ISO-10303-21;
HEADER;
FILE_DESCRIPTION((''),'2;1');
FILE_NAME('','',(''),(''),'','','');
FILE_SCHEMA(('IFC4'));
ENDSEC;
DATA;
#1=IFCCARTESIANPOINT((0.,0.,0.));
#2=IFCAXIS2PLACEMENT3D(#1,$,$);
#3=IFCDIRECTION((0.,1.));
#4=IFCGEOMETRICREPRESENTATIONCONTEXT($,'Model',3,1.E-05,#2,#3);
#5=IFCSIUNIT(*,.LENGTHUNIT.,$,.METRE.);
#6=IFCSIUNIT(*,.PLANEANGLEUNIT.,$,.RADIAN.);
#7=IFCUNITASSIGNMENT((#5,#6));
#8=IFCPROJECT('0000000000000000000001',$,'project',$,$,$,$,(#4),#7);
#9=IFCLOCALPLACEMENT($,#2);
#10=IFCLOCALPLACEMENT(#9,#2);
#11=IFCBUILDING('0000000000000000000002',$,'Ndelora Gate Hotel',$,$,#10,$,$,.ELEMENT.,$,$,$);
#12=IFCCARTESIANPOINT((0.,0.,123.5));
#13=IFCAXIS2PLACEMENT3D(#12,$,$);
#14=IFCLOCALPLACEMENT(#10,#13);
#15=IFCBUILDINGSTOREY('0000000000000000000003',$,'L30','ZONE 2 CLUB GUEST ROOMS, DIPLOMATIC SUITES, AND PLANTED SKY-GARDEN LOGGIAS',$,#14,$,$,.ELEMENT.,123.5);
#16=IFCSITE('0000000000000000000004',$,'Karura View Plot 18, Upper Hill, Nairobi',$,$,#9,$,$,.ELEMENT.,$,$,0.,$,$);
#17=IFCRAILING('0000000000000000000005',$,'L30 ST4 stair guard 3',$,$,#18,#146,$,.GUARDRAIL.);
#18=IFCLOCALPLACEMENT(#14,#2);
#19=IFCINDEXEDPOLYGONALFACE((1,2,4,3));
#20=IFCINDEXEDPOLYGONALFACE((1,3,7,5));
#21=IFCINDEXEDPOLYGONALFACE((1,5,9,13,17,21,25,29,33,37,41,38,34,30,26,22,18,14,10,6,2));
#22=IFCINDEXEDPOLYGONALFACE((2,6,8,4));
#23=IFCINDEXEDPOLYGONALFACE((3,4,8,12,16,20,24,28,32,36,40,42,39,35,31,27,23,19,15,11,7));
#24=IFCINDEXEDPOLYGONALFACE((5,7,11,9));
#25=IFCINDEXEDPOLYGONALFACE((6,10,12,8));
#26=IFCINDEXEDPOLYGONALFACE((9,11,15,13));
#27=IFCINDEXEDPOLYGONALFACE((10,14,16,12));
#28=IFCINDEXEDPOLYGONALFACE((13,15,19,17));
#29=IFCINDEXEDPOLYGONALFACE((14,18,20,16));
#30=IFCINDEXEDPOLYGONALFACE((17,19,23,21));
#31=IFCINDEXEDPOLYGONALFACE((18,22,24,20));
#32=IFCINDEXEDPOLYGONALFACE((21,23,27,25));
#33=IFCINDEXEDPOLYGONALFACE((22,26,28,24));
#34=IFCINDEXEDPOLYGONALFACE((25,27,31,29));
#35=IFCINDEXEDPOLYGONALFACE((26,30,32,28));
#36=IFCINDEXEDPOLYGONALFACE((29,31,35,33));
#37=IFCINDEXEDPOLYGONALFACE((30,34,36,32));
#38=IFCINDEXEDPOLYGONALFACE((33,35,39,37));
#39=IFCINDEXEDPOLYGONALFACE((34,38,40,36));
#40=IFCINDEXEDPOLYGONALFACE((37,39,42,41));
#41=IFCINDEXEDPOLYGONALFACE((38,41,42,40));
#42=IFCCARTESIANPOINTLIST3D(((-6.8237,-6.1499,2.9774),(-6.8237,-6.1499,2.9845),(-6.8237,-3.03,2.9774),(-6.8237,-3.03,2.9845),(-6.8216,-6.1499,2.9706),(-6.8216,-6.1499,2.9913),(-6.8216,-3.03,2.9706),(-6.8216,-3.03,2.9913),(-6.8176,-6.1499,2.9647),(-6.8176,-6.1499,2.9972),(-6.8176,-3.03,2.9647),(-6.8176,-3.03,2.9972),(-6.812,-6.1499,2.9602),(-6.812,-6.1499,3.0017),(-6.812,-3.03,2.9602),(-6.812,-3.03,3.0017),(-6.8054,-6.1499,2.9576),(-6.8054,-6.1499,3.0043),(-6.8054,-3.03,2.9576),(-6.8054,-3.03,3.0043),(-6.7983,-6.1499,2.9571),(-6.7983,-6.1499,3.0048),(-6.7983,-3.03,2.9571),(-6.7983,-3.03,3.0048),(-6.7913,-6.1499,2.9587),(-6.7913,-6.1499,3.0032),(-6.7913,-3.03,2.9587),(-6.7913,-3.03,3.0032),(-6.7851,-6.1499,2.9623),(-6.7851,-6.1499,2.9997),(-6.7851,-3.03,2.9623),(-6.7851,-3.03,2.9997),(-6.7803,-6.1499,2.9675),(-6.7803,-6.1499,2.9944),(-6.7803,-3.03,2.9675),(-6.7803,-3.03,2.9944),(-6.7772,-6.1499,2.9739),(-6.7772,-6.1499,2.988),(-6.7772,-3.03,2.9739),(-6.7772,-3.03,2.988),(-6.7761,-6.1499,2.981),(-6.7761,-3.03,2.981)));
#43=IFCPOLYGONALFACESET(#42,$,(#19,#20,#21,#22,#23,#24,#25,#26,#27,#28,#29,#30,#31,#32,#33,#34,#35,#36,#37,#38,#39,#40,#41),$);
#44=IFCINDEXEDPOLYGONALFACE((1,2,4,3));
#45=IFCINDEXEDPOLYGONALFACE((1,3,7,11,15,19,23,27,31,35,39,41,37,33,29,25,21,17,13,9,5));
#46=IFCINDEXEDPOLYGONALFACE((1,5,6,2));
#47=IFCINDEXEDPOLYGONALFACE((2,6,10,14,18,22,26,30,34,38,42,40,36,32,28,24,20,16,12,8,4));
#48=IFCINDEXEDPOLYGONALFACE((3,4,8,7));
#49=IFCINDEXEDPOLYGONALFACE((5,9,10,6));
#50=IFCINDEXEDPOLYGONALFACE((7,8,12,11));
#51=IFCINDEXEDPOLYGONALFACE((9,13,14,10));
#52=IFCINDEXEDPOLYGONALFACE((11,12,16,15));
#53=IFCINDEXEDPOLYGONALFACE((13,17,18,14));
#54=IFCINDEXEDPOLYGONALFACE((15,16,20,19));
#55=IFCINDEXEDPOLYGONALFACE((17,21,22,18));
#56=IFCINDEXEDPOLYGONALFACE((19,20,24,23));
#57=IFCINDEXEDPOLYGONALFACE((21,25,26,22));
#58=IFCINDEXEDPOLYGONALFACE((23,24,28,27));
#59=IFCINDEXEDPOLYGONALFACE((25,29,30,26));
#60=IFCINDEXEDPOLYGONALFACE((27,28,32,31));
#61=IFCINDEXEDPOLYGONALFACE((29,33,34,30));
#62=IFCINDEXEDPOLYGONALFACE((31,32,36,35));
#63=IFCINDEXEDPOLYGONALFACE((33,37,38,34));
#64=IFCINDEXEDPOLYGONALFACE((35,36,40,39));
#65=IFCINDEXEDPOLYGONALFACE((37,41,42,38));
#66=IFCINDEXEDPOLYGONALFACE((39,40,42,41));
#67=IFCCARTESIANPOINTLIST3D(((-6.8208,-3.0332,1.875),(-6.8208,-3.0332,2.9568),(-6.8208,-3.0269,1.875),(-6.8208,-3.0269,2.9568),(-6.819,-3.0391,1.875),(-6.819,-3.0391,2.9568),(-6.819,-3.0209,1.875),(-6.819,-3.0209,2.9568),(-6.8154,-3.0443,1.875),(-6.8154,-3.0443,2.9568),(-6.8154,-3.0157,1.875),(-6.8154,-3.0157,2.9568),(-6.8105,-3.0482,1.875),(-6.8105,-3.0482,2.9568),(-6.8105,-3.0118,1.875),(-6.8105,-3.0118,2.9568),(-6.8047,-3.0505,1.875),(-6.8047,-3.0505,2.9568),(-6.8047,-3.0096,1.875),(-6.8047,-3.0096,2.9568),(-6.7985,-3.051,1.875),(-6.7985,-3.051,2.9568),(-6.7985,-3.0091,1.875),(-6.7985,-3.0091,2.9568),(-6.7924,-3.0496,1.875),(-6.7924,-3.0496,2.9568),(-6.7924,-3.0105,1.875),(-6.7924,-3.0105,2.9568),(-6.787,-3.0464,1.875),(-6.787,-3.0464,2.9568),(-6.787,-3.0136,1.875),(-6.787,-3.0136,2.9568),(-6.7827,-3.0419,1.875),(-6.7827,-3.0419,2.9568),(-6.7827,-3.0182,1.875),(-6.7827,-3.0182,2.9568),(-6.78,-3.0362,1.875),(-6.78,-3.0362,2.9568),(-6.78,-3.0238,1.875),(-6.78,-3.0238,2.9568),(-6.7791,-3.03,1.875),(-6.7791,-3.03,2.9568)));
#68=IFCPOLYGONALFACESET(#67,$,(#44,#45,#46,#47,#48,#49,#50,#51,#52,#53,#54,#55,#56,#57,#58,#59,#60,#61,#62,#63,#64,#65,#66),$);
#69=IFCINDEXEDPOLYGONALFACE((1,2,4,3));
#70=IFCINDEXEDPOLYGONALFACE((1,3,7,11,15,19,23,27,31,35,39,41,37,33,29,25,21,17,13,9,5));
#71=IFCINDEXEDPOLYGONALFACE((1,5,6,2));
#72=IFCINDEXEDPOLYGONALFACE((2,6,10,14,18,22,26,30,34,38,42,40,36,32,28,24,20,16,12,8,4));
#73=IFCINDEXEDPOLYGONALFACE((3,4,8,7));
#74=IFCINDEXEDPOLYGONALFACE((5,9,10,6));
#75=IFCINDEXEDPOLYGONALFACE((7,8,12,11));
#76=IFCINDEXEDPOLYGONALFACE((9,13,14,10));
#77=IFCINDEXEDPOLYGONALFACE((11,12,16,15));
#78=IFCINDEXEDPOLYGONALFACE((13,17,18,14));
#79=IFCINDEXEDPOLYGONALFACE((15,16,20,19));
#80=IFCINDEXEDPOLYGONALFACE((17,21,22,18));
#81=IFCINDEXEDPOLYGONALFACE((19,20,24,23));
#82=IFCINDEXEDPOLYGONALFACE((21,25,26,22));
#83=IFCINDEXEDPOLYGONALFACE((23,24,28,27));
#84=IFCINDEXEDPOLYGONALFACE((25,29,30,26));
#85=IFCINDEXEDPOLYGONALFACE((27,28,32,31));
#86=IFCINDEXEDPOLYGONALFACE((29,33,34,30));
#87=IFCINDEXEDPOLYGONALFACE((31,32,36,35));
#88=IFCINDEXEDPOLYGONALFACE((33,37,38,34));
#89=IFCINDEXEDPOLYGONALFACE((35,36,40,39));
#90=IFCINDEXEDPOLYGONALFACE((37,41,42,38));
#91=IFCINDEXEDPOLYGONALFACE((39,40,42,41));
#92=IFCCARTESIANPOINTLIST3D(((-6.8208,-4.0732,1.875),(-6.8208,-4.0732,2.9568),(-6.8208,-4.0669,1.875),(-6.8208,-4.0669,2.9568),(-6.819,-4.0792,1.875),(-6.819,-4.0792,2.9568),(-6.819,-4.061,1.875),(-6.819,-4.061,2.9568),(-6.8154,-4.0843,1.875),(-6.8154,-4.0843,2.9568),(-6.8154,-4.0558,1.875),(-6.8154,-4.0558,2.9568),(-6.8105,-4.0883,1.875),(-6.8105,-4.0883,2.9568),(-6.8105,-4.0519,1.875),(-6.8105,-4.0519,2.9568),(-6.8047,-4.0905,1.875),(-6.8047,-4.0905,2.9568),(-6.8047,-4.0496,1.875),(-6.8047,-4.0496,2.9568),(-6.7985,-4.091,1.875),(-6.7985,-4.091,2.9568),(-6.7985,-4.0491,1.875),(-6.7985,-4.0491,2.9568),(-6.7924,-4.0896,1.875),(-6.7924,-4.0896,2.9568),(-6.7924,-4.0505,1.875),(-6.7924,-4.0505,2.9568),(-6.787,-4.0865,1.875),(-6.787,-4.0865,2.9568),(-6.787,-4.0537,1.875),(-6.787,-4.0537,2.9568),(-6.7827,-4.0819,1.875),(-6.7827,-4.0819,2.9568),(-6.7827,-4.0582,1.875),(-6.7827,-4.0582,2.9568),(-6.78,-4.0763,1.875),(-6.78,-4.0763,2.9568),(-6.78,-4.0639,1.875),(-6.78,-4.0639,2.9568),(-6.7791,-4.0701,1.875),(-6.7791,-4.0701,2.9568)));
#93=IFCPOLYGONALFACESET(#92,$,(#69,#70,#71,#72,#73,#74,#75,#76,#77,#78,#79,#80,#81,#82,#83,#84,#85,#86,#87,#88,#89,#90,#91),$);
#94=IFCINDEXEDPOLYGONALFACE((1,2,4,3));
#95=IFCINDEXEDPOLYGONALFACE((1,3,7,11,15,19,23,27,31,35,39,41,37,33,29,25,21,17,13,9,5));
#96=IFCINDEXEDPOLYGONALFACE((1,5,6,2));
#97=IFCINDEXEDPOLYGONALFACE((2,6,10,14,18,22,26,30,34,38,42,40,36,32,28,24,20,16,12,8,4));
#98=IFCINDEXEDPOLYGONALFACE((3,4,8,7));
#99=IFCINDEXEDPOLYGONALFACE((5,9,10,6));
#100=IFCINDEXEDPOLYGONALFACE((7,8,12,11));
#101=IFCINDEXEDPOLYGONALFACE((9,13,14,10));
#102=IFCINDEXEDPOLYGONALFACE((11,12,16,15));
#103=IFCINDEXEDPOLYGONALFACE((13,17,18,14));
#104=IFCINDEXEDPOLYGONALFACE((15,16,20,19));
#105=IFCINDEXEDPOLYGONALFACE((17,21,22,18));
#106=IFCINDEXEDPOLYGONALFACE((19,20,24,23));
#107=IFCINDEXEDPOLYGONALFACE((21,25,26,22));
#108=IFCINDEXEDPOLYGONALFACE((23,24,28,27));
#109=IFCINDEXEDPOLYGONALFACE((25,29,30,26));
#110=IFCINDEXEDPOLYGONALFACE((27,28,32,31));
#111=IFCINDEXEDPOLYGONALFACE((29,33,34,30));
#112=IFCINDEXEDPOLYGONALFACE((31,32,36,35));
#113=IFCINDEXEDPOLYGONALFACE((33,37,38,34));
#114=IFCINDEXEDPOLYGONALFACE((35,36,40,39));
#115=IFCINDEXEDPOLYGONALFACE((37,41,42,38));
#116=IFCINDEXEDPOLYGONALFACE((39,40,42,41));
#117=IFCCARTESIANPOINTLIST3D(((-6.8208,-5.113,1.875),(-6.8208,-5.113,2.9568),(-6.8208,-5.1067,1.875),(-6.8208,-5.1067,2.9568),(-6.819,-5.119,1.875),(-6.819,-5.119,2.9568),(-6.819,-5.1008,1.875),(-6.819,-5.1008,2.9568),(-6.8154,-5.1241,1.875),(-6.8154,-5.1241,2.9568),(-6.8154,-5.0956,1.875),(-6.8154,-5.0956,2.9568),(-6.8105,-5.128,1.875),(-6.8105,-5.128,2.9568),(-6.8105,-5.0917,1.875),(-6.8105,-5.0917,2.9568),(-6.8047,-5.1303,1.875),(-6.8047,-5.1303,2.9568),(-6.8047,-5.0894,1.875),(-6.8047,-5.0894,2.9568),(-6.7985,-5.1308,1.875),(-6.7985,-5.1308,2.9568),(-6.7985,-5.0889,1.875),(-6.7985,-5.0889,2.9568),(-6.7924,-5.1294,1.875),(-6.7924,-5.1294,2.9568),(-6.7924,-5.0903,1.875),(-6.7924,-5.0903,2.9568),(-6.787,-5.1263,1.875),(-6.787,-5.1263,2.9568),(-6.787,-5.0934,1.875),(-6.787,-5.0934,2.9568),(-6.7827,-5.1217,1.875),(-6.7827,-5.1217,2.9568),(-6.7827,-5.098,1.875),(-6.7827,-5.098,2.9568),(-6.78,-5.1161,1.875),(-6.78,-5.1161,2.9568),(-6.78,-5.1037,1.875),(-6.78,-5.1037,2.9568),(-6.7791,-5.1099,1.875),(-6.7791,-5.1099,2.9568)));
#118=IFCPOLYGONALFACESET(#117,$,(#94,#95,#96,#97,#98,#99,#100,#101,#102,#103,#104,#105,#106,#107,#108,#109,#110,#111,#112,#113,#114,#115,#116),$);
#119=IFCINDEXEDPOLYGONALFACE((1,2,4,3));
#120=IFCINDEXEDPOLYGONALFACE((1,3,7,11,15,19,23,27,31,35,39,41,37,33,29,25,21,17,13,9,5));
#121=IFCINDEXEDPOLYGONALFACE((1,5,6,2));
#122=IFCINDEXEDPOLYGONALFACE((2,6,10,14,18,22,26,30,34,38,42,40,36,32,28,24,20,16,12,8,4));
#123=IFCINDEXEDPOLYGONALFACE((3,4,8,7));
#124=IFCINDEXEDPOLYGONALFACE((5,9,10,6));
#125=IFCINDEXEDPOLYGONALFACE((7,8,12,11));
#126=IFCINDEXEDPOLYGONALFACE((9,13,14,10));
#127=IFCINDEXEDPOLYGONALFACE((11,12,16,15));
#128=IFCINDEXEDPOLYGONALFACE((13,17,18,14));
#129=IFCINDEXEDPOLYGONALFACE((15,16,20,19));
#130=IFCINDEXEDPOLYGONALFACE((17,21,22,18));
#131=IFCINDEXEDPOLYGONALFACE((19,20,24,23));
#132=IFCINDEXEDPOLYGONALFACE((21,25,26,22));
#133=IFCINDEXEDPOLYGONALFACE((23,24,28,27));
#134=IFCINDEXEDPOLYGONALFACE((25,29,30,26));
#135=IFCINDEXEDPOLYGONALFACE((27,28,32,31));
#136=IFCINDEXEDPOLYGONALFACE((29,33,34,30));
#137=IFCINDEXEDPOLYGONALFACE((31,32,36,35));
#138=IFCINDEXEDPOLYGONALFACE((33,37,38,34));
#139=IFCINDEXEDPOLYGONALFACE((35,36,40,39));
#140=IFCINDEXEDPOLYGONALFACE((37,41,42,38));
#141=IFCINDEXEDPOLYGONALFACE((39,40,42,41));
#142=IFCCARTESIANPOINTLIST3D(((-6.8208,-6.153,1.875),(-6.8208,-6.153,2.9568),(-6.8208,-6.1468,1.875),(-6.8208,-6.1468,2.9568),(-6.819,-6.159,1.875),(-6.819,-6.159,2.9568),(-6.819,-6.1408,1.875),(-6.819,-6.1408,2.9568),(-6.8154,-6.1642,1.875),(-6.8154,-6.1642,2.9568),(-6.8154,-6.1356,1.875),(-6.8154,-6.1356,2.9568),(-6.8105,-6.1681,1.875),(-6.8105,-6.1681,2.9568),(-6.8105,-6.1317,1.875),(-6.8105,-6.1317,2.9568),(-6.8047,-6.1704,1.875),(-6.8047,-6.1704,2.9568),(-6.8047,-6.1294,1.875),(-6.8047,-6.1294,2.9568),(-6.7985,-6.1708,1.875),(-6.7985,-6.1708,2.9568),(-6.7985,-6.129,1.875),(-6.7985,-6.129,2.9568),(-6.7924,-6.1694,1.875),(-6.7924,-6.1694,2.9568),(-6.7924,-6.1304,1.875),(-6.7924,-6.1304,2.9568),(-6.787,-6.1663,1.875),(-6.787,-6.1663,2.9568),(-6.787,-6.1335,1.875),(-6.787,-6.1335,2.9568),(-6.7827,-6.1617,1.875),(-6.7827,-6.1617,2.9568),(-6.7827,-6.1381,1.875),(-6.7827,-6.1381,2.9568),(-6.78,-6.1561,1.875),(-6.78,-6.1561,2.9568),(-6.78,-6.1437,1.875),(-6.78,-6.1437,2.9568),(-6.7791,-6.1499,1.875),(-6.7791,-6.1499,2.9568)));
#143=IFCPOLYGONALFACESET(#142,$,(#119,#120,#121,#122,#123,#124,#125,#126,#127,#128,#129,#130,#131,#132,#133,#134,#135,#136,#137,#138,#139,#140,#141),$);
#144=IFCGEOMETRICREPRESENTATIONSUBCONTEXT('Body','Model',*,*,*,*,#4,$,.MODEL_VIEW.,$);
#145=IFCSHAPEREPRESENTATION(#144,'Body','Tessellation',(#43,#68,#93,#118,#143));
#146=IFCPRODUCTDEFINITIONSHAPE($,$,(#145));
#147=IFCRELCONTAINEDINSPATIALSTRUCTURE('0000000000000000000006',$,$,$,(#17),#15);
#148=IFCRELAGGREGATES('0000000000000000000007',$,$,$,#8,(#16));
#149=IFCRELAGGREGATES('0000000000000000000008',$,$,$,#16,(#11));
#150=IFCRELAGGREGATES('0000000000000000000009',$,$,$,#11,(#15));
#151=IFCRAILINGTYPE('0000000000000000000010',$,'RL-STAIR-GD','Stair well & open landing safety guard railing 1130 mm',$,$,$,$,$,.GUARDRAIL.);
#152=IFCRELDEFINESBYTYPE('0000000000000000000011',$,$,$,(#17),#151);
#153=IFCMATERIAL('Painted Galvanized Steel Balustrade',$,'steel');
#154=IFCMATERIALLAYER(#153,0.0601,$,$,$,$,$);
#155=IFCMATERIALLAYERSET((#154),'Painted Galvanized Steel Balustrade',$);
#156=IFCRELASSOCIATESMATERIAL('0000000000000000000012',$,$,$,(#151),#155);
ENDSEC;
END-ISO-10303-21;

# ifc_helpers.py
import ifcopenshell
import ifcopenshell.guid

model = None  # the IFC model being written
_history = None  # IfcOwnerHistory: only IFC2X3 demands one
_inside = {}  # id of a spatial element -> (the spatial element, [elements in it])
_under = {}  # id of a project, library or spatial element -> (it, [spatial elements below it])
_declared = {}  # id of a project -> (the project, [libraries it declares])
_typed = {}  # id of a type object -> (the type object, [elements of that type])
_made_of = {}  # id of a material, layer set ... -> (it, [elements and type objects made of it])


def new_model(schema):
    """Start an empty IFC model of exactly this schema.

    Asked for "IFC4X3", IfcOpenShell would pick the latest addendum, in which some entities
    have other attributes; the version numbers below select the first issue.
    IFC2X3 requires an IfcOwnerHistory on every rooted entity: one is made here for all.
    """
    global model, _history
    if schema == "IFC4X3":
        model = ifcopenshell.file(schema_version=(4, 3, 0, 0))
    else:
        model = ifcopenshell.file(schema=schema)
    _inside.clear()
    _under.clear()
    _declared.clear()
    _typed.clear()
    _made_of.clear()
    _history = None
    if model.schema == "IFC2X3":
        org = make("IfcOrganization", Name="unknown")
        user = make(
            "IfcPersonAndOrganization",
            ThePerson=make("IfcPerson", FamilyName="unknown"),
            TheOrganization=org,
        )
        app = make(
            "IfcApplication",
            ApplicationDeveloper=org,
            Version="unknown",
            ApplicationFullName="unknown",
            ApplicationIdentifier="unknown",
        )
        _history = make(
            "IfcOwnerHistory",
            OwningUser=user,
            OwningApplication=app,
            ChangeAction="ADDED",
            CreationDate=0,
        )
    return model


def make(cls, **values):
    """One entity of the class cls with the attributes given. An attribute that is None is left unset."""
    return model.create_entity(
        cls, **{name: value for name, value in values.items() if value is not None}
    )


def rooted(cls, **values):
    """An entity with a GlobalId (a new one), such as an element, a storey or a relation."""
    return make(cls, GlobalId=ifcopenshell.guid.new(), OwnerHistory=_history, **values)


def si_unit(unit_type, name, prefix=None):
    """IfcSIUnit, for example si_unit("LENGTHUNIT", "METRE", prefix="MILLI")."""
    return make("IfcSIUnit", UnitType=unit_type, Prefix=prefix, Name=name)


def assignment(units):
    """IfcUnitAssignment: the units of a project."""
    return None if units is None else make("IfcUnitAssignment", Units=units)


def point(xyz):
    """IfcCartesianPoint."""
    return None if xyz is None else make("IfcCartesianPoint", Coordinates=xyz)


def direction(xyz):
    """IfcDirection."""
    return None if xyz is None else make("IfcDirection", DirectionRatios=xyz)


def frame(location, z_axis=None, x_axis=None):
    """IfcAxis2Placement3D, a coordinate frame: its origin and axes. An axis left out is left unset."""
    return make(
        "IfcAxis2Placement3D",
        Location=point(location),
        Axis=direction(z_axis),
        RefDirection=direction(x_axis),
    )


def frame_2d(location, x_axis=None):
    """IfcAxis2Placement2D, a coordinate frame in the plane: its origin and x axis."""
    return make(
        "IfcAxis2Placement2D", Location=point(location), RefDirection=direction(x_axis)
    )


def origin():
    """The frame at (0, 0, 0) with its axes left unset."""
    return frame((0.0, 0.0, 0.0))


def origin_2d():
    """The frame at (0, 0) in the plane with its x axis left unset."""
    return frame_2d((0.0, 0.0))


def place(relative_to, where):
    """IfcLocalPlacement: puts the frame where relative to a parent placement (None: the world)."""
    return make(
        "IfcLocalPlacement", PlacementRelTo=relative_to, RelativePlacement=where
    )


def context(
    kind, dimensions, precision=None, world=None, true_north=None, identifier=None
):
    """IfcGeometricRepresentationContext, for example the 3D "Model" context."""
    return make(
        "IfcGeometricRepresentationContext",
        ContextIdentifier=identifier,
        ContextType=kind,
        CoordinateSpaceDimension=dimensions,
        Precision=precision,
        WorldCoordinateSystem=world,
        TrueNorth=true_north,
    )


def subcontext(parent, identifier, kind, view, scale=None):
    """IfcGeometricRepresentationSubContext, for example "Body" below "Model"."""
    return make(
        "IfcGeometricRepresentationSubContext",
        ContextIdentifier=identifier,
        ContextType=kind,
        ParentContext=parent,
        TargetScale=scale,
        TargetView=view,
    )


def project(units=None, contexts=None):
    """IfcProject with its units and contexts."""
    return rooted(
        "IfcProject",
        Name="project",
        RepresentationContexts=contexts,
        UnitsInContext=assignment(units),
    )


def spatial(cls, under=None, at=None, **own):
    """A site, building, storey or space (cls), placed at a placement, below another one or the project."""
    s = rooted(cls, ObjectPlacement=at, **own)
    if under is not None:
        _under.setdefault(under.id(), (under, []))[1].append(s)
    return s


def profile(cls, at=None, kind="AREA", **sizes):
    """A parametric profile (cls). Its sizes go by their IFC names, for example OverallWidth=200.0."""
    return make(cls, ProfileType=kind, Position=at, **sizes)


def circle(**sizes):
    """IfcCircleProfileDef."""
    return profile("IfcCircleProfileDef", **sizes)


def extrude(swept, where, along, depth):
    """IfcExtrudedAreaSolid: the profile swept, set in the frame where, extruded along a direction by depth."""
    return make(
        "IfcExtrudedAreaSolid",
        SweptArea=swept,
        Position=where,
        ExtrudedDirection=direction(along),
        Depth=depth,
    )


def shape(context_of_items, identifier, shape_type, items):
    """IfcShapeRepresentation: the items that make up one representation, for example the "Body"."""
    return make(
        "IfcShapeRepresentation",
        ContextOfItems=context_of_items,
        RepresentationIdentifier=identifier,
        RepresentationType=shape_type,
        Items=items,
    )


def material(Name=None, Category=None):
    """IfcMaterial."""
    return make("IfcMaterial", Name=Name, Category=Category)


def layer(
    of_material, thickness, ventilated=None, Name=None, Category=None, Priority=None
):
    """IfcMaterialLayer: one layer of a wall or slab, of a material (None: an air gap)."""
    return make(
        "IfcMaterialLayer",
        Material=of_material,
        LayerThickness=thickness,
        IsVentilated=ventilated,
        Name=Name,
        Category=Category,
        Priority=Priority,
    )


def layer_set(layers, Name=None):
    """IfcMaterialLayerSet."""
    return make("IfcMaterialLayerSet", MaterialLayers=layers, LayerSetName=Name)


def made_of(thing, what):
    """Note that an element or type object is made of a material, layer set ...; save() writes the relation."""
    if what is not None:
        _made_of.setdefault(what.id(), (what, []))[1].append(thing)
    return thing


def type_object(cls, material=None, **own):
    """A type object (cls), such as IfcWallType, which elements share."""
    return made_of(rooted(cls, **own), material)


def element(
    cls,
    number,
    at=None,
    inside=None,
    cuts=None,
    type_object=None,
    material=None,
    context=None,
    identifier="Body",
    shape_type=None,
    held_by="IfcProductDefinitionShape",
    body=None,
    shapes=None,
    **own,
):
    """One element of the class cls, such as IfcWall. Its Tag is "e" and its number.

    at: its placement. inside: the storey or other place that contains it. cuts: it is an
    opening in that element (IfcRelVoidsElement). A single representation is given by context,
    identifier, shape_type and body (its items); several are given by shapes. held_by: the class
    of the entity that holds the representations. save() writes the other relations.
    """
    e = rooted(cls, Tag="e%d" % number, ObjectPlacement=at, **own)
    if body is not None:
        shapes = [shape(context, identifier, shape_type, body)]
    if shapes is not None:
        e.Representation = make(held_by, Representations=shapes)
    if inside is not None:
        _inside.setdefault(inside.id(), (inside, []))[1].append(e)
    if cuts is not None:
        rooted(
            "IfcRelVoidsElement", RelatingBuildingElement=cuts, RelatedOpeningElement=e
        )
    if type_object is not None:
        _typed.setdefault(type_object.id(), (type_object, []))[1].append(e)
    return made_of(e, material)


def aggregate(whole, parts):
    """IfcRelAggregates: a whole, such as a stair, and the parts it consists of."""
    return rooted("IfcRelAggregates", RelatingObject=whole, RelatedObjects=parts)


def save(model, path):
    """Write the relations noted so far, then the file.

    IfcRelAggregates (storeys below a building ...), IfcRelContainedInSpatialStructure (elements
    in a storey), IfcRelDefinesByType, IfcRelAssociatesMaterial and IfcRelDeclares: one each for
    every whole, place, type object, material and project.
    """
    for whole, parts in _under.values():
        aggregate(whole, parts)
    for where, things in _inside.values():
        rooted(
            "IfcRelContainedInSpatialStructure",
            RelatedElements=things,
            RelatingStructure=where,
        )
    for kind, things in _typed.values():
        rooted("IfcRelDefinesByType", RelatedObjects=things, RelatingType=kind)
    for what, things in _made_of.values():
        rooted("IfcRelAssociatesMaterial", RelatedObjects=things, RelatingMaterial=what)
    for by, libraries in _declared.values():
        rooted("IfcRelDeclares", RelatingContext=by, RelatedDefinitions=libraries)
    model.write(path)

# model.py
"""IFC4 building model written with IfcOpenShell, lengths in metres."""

from ifc_helpers import new_model, si_unit, direction, frame, origin, origin_2d, place, context, subcontext, project, spatial, circle, extrude, material, layer, layer_set, type_object, element, save


model = new_model("IFC4")

# Units and contexts
model_context = context("Model", 3, precision=1e-05, world=origin(), true_north=direction((0.0, 1.0)))
body_context = subcontext(model_context, "Body", "Model", "MODEL_VIEW")
ifc_project = project(units=[si_unit("LENGTHUNIT", "METRE"), si_unit("PLANEANGLEUNIT", "RADIAN")], contexts=[model_context])

# Site, building, storey
site_placement = place(None, origin())
site = spatial("IfcSite", under=ifc_project, at=site_placement, Name="Karura View Plot 18, Upper Hill, Nairobi", CompositionType="ELEMENT", RefElevation=0.0)
building_placement = place(site_placement, origin())
building = spatial("IfcBuilding", under=site, at=building_placement, Name="Ndelora Gate Hotel", CompositionType="ELEMENT")
storey_placement = place(building_placement, frame((0.0, 0.0, 123.5)))
storey = spatial("IfcBuildingStorey", under=building, at=storey_placement, Name="L30", Description="ZONE 2 CLUB GUEST ROOMS, DIPLOMATIC SUITES, AND PLANTED SKY-GARDEN LOGGIAS", CompositionType="ELEMENT", Elevation=123.5)

# Railing
ifc_material_1 = material(Name="Painted Galvanized Steel Balustrade", Category="steel")
ifc_layer_1 = layer(ifc_material_1, 0.0601)
ifc_layer_set_1 = layer_set([ifc_layer_1], Name="Painted Galvanized Steel Balustrade")
railing_type_1 = type_object("IfcRailingType", Name="RL-STAIR-GD", Description="Stair well & open landing safety guard railing 1130 mm", PredefinedType="GUARDRAIL", material=ifc_layer_set_1)
for number, where, name in (
    (1, (-6.8, -3.03, 1.875), "L30 ST4 stair guard 3"),
):
    element("IfcRailing", number, at=place(storey_placement, frame(where)), inside=storey, type_object=railing_type_1, Name=name, PredefinedType="GUARDRAIL", context=body_context, shape_type="SweptSolid", body=[
        extrude(circle(Radius=0.0239, at=origin_2d()), frame((0.0, 0.0, 1.106), z_axis=(0.0, -1.0, 0.0), x_axis=(1.0, 0.0, 0.0)), (0.0, 0.0, 1.0), 3.1199),
        extrude(circle(Radius=0.021, at=origin_2d()), origin(), (0.0, 0.0, 1.0), 1.0818),
        extrude(circle(Radius=0.021, at=origin_2d()), frame((0.0, -1.04, 0.0)), (0.0, 0.0, 1.0), 1.0818),
        extrude(circle(Radius=0.021, at=origin_2d()), frame((0.0, -2.0798, 0.0)), (0.0, 0.0, 1.0), 1.0818),
        extrude(circle(Radius=0.021, at=origin_2d()), frame((0.0, -3.1199, 0.0)), (0.0, 0.0, 1.0), 1.0818),
    ])

save(model, "model.ifc")
